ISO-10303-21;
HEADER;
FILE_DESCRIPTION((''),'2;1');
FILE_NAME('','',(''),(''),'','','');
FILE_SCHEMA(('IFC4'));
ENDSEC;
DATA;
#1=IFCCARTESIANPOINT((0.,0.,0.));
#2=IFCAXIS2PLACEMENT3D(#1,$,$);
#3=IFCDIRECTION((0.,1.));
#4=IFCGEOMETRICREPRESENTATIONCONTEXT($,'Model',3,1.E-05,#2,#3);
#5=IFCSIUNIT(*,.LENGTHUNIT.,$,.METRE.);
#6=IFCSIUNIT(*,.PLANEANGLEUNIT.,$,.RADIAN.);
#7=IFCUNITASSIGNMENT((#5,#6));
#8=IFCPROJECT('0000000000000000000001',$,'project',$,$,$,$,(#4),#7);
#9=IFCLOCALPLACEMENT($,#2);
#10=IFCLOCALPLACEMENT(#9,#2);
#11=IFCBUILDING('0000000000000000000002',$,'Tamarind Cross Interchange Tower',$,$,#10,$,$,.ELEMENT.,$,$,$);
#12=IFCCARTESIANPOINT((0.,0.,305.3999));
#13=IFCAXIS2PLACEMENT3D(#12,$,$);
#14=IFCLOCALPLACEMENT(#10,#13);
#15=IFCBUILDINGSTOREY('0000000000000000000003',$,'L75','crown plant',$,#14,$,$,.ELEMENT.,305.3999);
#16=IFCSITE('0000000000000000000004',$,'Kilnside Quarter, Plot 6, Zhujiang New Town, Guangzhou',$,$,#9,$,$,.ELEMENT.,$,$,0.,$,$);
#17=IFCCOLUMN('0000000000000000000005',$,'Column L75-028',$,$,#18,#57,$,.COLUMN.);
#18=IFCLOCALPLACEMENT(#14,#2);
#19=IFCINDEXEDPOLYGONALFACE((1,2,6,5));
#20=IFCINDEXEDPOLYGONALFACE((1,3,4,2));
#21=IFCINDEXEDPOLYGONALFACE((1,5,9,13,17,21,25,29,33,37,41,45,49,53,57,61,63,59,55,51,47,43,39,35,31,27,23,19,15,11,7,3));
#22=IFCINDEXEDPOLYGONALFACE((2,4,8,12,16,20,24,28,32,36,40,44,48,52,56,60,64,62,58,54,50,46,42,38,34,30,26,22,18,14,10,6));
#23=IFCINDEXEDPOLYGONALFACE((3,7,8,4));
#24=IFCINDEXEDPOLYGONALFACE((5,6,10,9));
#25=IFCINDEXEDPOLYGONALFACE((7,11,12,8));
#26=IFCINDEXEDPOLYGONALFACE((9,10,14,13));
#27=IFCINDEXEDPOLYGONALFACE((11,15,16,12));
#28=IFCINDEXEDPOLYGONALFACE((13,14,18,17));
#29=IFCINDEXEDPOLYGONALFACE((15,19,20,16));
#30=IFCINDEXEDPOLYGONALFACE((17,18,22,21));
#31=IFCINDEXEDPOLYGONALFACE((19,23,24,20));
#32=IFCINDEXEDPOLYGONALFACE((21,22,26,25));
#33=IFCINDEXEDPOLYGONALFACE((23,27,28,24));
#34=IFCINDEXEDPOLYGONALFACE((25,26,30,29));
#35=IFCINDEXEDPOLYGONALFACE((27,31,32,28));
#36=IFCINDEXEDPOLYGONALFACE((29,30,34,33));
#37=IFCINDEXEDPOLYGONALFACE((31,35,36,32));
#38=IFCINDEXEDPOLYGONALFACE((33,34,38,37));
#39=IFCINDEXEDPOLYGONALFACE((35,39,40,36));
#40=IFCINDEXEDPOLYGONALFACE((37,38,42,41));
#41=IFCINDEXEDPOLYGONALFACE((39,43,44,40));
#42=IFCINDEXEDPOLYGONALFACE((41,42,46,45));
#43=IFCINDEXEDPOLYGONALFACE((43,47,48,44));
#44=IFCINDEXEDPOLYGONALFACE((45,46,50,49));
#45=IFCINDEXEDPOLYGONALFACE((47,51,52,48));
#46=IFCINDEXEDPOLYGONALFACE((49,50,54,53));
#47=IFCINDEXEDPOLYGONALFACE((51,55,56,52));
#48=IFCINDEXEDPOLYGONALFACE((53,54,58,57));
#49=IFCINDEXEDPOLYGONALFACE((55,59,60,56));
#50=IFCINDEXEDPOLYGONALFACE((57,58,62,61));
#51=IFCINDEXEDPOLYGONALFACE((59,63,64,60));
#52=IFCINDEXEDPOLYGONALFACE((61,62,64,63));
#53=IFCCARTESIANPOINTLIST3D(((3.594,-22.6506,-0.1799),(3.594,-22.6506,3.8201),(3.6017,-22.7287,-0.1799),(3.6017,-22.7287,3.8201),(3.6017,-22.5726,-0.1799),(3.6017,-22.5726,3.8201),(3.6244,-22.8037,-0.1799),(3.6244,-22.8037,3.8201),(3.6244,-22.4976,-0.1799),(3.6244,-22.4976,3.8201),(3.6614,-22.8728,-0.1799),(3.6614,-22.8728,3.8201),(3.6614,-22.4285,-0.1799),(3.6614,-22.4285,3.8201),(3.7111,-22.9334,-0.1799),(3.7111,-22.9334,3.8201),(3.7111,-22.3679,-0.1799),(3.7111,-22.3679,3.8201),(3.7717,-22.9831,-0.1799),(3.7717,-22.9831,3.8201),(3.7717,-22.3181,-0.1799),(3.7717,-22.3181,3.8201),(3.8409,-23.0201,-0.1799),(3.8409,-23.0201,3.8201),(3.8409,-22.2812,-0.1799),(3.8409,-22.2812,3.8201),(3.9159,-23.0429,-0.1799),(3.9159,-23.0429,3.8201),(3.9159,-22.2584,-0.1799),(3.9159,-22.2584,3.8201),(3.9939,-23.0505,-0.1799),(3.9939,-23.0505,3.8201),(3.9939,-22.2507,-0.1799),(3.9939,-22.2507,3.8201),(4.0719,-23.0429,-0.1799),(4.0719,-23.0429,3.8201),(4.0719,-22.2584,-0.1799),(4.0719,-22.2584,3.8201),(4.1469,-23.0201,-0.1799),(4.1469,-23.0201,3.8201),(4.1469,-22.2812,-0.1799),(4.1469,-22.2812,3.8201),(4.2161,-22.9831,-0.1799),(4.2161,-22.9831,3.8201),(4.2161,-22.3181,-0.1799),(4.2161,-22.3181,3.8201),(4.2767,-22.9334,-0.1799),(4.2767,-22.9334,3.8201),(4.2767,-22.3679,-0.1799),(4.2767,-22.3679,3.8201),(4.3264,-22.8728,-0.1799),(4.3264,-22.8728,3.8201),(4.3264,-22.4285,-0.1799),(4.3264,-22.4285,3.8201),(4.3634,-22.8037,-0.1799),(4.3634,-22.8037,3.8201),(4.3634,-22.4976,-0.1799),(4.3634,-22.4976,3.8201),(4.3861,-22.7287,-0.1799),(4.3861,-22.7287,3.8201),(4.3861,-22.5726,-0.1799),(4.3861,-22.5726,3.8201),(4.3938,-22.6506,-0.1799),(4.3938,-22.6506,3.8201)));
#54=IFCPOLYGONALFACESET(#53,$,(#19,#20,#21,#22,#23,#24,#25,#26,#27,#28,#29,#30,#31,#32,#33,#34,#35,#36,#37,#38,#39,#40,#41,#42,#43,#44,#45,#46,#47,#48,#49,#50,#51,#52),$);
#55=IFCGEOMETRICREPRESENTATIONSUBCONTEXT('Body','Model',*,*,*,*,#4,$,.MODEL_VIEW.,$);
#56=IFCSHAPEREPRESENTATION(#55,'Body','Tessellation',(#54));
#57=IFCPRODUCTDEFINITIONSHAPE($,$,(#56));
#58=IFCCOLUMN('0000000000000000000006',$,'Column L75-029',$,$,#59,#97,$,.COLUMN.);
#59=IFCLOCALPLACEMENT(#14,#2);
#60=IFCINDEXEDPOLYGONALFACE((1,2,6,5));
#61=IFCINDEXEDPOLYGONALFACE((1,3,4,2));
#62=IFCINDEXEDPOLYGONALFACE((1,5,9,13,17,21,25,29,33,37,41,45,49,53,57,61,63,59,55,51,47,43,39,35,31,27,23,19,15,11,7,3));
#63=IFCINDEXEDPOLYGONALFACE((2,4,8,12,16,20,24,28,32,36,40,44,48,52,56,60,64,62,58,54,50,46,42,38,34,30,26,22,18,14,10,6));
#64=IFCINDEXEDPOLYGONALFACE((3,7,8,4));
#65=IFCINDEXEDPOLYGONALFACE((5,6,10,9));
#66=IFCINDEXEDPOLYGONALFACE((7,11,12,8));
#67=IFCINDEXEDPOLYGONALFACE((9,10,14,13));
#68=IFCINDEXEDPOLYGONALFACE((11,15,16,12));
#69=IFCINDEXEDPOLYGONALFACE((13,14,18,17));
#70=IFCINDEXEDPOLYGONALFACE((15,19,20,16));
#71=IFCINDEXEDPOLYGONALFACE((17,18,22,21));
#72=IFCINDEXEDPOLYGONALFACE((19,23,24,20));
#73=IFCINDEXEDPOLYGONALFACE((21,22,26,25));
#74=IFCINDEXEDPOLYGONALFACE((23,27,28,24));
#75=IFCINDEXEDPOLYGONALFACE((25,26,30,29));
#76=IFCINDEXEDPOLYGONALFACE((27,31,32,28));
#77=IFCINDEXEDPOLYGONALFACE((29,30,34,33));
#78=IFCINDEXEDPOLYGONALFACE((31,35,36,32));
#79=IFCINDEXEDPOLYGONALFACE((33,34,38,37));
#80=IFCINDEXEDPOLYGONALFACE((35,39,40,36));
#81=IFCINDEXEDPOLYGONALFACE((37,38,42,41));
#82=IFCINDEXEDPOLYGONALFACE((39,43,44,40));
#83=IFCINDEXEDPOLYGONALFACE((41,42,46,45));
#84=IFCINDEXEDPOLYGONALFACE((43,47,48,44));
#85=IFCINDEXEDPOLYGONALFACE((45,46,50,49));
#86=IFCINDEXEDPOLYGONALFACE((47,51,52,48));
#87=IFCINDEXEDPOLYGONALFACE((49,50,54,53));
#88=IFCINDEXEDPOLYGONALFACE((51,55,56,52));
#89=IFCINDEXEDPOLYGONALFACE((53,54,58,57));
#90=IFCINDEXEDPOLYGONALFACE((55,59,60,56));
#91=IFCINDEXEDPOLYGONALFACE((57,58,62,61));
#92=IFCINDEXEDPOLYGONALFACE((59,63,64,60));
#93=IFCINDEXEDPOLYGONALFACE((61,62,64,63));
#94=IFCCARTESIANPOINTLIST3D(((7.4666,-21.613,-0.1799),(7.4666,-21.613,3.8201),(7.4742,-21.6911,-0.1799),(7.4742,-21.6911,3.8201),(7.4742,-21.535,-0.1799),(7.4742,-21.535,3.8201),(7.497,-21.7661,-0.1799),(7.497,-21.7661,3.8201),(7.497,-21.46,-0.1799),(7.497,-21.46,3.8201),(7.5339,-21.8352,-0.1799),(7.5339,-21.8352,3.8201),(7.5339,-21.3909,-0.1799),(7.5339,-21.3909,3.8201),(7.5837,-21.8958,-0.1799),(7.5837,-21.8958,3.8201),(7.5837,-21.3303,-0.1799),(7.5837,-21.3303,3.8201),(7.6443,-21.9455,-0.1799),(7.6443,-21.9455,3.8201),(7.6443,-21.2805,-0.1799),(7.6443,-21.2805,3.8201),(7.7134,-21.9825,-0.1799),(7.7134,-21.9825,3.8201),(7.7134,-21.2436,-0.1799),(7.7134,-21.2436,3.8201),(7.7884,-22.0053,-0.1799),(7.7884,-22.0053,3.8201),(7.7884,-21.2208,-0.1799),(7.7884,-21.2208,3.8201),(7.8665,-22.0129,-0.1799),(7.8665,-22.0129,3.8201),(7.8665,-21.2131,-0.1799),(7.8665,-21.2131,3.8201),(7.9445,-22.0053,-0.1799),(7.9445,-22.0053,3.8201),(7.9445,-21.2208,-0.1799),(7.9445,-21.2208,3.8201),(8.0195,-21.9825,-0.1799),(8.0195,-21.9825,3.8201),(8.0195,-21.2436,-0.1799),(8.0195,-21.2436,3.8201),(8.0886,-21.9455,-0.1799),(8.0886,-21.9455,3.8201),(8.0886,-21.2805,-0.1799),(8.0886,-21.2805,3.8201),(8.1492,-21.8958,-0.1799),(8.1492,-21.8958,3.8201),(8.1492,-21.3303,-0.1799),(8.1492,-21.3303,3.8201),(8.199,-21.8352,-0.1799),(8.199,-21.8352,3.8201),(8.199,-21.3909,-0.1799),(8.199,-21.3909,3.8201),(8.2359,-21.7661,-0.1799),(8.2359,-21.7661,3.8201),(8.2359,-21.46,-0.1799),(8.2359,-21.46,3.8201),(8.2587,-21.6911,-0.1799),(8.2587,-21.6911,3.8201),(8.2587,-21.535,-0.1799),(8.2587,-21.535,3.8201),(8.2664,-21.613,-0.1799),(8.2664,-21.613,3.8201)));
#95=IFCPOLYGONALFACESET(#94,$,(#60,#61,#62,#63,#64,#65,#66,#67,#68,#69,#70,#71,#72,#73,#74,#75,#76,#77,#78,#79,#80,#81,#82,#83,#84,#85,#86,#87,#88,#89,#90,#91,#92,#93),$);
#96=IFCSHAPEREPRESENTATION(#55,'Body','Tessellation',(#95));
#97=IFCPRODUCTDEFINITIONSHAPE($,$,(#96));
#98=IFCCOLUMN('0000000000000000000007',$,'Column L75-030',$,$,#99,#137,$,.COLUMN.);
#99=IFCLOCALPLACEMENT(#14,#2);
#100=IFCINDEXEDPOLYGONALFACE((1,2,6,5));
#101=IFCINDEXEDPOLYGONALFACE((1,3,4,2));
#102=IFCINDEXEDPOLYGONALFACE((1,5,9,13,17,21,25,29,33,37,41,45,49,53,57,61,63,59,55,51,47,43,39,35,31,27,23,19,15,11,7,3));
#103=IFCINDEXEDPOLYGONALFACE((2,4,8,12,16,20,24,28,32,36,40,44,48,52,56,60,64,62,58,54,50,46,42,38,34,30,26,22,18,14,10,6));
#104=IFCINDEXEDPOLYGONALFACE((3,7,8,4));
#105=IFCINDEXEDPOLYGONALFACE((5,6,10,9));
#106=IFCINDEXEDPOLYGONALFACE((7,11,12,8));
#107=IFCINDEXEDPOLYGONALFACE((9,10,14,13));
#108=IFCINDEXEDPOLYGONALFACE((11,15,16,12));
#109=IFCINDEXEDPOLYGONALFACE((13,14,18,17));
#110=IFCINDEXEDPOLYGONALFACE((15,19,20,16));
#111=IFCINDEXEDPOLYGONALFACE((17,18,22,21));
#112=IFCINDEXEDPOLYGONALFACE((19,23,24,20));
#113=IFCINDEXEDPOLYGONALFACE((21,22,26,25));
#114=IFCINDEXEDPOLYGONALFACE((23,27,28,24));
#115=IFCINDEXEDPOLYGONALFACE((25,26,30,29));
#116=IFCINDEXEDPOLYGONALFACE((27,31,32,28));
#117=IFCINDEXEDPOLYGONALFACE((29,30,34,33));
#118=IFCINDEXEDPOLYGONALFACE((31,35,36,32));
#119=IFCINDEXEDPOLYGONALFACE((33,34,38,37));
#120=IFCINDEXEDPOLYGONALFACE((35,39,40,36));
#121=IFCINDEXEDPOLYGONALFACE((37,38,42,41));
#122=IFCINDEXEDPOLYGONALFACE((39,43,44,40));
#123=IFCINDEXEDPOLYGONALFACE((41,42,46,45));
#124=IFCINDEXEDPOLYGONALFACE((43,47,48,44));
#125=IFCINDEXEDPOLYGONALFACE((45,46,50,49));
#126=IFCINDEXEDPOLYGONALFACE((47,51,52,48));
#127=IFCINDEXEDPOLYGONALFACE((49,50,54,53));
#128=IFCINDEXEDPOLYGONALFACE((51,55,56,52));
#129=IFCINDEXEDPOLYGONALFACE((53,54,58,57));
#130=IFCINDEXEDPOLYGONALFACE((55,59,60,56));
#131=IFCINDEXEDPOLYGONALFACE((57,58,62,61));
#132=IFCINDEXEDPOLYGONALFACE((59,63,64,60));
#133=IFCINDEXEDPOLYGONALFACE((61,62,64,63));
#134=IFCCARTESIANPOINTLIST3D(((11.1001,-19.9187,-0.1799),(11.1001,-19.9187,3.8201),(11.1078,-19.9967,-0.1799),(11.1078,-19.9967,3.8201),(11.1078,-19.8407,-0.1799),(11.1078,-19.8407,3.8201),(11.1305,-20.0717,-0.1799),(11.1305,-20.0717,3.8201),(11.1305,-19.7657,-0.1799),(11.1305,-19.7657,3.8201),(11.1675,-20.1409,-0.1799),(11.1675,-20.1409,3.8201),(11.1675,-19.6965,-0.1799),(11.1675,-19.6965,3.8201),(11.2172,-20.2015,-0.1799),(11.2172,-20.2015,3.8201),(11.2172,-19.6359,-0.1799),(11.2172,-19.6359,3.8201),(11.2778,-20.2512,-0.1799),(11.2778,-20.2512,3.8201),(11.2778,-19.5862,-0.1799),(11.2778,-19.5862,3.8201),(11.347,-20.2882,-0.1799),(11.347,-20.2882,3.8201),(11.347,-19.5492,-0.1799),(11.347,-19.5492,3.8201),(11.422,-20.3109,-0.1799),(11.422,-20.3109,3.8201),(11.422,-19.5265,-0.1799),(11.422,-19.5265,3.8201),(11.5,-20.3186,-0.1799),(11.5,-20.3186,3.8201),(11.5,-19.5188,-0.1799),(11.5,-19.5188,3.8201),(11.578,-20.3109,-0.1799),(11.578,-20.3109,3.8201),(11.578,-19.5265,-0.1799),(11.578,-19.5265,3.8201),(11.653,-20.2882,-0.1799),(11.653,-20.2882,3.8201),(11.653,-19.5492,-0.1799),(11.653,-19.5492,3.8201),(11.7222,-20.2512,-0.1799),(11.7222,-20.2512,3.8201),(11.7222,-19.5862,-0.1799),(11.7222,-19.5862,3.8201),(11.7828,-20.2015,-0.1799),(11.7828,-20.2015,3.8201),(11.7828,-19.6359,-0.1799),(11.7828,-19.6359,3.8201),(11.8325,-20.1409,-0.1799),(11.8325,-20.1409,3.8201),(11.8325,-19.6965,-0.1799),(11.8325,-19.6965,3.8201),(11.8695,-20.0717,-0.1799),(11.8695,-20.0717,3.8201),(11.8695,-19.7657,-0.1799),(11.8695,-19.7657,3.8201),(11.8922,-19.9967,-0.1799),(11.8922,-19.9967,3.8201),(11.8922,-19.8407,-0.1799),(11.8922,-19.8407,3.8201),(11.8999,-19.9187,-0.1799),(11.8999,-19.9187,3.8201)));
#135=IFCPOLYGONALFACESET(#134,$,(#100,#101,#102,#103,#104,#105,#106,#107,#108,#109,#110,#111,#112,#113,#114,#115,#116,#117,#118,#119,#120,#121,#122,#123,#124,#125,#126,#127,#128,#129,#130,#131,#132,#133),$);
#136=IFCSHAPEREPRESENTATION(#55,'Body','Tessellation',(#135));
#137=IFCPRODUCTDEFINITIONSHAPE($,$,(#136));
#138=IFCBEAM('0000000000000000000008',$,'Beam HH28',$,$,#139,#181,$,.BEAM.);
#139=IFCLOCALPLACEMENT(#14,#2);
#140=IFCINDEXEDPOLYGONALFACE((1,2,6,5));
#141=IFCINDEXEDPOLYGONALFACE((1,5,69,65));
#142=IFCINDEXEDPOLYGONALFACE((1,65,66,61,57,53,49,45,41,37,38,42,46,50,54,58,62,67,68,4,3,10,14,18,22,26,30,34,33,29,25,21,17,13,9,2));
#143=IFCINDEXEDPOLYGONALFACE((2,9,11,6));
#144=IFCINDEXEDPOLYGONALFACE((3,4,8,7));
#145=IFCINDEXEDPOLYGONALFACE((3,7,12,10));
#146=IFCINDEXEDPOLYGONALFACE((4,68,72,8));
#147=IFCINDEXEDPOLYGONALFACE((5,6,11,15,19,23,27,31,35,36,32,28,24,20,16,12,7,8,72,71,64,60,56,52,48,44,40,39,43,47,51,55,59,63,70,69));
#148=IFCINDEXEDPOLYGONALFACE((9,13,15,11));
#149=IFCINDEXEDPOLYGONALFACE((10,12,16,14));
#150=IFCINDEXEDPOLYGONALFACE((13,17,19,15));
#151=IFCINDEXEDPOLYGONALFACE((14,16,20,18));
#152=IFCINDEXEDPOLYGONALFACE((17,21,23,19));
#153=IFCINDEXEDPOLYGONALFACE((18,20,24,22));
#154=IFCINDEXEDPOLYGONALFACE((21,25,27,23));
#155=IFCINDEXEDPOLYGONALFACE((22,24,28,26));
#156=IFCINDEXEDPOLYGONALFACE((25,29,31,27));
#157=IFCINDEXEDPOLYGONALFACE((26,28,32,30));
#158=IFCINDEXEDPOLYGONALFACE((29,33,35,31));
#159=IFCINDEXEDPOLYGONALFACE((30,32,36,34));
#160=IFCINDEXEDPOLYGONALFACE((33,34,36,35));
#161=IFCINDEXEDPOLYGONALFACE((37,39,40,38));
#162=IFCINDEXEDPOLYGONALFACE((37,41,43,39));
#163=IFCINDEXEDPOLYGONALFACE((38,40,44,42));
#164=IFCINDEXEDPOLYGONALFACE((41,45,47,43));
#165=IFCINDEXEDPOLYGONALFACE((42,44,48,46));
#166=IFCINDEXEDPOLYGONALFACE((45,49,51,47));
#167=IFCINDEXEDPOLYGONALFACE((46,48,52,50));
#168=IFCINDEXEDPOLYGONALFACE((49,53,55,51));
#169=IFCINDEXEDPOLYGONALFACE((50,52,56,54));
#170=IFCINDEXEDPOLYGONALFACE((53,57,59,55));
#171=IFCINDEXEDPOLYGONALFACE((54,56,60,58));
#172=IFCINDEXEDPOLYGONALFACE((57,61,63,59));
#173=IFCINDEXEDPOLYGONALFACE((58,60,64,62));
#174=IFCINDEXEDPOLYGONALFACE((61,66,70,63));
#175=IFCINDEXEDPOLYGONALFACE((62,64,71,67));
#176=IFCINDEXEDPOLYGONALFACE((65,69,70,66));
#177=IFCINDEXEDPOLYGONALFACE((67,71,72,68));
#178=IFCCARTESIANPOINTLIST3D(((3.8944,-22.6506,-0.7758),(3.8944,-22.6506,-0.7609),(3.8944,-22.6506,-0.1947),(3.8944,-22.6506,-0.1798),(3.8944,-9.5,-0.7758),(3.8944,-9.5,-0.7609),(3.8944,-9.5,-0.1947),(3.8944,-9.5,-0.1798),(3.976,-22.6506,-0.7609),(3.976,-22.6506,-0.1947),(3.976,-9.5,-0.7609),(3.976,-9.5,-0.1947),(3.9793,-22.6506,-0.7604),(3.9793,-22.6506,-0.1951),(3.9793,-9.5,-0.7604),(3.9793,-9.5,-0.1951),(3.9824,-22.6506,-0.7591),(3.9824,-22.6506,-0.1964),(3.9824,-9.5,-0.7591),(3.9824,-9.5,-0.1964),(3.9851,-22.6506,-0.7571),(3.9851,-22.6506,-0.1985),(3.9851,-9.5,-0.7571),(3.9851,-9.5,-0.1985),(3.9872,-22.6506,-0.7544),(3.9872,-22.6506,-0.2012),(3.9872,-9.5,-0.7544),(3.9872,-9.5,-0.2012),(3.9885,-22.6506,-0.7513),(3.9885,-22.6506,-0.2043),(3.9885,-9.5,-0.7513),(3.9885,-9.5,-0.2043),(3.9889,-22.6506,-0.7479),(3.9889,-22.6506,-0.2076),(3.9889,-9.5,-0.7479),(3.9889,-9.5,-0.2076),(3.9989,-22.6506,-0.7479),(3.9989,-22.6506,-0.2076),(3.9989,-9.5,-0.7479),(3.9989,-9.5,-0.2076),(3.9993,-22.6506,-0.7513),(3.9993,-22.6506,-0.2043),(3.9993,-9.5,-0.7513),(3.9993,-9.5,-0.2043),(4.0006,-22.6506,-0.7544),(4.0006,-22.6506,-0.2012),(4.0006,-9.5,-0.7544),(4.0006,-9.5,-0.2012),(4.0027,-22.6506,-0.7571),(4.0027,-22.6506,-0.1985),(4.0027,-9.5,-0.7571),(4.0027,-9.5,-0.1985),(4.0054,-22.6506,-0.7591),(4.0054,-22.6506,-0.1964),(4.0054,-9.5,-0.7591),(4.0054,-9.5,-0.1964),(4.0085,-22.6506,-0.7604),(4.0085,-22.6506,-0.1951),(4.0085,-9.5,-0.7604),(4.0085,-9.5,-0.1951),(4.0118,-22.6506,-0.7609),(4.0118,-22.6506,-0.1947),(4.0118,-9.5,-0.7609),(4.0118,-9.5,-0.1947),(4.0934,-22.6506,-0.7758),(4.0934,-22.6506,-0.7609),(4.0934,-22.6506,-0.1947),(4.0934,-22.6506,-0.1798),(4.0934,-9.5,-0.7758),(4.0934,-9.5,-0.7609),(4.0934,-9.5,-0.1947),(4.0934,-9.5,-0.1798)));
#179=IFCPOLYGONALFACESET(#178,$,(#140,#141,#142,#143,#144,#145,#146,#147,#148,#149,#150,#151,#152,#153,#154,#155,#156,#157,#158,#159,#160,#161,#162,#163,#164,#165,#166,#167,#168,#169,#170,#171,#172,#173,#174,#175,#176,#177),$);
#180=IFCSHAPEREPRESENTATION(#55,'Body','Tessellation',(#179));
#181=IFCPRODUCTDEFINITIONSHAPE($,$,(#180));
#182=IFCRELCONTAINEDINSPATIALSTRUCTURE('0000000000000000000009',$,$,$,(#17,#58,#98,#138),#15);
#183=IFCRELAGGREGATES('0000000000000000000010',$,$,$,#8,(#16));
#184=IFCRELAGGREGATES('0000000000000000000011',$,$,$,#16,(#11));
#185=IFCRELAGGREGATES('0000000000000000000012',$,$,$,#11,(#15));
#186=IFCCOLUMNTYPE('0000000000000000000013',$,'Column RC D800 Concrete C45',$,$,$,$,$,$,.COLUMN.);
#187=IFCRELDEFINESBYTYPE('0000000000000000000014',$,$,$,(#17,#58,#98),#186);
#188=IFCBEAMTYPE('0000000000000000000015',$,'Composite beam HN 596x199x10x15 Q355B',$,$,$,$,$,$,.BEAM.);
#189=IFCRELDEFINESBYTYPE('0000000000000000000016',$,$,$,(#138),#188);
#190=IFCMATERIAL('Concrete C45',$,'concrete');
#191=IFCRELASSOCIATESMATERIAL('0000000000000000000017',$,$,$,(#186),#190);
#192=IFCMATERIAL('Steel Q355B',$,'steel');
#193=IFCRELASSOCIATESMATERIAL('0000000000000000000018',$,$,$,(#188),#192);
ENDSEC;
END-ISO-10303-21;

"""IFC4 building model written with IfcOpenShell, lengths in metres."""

from ifc_helpers import new_model, si_unit, direction, frame, origin, origin_2d, place, context, subcontext, project, spatial, circle, i_section, extrude, material, material_profile, profile_set, type_object, element, save


model = new_model("IFC4")

# Units and contexts
model_context = context("Model", 3, precision=1e-05, world=origin(), true_north=direction((0.0, 1.0)))
body_context = subcontext(model_context, "Body", "Model", "MODEL_VIEW")
ifc_project = project(units=[si_unit("LENGTHUNIT", "METRE"), si_unit("PLANEANGLEUNIT", "RADIAN")], contexts=[model_context])

# Site, building, storey
site_placement = place(None, origin())
site = spatial("IfcSite", under=ifc_project, at=site_placement, Name="Kilnside Quarter, Plot 6, Zhujiang New Town, Guangzhou", CompositionType="ELEMENT", RefElevation=0.0)
building_placement = place(site_placement, origin())
building = spatial("IfcBuilding", under=site, at=building_placement, Name="Tamarind Cross Interchange Tower", CompositionType="ELEMENT")
storey_placement = place(building_placement, frame((0.0, 0.0, 305.3999)))
storey = spatial("IfcBuildingStorey", under=building, at=storey_placement, Name="L75", Description="crown plant", CompositionType="ELEMENT", Elevation=305.3999)

# Columns
ifc_material_1 = material(Name="Concrete C45", Category="concrete")
ifc_material_profile_1 = material_profile(ifc_material_1, circle(Radius=0.3999, at=origin_2d()), Name="RC D800")
ifc_profile_set_1 = profile_set([ifc_material_profile_1], Name="Concrete C45")
column_type = type_object("IfcColumnType", Name="Column RC D800 Concrete C45", PredefinedType="COLUMN", material=ifc_profile_set_1)
for number, where, z_axis, x_axis, name in (
    (1, (3.9939, -22.6506, -0.1799), (0.0, 0.0, 1.0), (1.0, 0.0, 0.0), "Column L75-028"),
    (2, (7.8665, -21.613, -0.1799), (0.0, 0.0, 1.0), (1.0, 0.0, 0.0), "Column L75-029"),
    (3, (11.5, -19.9187, -0.1799), (0.0, 0.0, 1.0), (1.0, 0.0, 0.0), "Column L75-030"),
):
    element("IfcColumn", number, at=place(storey_placement, frame(where, z_axis=z_axis, x_axis=x_axis)), inside=storey, type_object=column_type, Name=name, PredefinedType="COLUMN", context=body_context, shape_type="SweptSolid", body=[
        extrude(circle(Radius=0.3999, at=origin_2d()), origin(), (0.0, 0.0, 1.0), 4.0),
    ])

# Beam
ifc_material_2 = material(Name="Steel Q355B", Category="steel")
ifc_material_profile_2 = material_profile(ifc_material_2, i_section(OverallWidth=0.199, OverallDepth=0.5959, WebThickness=0.01, FlangeThickness=0.0149, FilletRadius=0.0129, at=origin_2d()), Name="HN 596x199x10x15")
ifc_profile_set_2 = profile_set([ifc_material_profile_2], Name="Steel Q355B")
beam_type = type_object("IfcBeamType", Name="Composite beam HN 596x199x10x15 Q355B", PredefinedType="BEAM", material=ifc_profile_set_2)
beam_1_placement = place(storey_placement, frame((3.9939, -22.6506, -0.4778), z_axis=(0.0, 1.0, 0.0), x_axis=(-1.0, 0.0, 0.0)))
element("IfcBeam", 4, at=beam_1_placement, inside=storey, type_object=beam_type, Name="Beam HH28", PredefinedType="BEAM", context=body_context, shape_type="SweptSolid", body=[
    extrude(i_section(OverallWidth=0.199, OverallDepth=0.5959, WebThickness=0.01, FlangeThickness=0.0149, FilletRadius=0.0129, at=origin_2d()), origin(), (0.0, 0.0, 1.0), 13.1506),
])

save(model, "model.ifc")
